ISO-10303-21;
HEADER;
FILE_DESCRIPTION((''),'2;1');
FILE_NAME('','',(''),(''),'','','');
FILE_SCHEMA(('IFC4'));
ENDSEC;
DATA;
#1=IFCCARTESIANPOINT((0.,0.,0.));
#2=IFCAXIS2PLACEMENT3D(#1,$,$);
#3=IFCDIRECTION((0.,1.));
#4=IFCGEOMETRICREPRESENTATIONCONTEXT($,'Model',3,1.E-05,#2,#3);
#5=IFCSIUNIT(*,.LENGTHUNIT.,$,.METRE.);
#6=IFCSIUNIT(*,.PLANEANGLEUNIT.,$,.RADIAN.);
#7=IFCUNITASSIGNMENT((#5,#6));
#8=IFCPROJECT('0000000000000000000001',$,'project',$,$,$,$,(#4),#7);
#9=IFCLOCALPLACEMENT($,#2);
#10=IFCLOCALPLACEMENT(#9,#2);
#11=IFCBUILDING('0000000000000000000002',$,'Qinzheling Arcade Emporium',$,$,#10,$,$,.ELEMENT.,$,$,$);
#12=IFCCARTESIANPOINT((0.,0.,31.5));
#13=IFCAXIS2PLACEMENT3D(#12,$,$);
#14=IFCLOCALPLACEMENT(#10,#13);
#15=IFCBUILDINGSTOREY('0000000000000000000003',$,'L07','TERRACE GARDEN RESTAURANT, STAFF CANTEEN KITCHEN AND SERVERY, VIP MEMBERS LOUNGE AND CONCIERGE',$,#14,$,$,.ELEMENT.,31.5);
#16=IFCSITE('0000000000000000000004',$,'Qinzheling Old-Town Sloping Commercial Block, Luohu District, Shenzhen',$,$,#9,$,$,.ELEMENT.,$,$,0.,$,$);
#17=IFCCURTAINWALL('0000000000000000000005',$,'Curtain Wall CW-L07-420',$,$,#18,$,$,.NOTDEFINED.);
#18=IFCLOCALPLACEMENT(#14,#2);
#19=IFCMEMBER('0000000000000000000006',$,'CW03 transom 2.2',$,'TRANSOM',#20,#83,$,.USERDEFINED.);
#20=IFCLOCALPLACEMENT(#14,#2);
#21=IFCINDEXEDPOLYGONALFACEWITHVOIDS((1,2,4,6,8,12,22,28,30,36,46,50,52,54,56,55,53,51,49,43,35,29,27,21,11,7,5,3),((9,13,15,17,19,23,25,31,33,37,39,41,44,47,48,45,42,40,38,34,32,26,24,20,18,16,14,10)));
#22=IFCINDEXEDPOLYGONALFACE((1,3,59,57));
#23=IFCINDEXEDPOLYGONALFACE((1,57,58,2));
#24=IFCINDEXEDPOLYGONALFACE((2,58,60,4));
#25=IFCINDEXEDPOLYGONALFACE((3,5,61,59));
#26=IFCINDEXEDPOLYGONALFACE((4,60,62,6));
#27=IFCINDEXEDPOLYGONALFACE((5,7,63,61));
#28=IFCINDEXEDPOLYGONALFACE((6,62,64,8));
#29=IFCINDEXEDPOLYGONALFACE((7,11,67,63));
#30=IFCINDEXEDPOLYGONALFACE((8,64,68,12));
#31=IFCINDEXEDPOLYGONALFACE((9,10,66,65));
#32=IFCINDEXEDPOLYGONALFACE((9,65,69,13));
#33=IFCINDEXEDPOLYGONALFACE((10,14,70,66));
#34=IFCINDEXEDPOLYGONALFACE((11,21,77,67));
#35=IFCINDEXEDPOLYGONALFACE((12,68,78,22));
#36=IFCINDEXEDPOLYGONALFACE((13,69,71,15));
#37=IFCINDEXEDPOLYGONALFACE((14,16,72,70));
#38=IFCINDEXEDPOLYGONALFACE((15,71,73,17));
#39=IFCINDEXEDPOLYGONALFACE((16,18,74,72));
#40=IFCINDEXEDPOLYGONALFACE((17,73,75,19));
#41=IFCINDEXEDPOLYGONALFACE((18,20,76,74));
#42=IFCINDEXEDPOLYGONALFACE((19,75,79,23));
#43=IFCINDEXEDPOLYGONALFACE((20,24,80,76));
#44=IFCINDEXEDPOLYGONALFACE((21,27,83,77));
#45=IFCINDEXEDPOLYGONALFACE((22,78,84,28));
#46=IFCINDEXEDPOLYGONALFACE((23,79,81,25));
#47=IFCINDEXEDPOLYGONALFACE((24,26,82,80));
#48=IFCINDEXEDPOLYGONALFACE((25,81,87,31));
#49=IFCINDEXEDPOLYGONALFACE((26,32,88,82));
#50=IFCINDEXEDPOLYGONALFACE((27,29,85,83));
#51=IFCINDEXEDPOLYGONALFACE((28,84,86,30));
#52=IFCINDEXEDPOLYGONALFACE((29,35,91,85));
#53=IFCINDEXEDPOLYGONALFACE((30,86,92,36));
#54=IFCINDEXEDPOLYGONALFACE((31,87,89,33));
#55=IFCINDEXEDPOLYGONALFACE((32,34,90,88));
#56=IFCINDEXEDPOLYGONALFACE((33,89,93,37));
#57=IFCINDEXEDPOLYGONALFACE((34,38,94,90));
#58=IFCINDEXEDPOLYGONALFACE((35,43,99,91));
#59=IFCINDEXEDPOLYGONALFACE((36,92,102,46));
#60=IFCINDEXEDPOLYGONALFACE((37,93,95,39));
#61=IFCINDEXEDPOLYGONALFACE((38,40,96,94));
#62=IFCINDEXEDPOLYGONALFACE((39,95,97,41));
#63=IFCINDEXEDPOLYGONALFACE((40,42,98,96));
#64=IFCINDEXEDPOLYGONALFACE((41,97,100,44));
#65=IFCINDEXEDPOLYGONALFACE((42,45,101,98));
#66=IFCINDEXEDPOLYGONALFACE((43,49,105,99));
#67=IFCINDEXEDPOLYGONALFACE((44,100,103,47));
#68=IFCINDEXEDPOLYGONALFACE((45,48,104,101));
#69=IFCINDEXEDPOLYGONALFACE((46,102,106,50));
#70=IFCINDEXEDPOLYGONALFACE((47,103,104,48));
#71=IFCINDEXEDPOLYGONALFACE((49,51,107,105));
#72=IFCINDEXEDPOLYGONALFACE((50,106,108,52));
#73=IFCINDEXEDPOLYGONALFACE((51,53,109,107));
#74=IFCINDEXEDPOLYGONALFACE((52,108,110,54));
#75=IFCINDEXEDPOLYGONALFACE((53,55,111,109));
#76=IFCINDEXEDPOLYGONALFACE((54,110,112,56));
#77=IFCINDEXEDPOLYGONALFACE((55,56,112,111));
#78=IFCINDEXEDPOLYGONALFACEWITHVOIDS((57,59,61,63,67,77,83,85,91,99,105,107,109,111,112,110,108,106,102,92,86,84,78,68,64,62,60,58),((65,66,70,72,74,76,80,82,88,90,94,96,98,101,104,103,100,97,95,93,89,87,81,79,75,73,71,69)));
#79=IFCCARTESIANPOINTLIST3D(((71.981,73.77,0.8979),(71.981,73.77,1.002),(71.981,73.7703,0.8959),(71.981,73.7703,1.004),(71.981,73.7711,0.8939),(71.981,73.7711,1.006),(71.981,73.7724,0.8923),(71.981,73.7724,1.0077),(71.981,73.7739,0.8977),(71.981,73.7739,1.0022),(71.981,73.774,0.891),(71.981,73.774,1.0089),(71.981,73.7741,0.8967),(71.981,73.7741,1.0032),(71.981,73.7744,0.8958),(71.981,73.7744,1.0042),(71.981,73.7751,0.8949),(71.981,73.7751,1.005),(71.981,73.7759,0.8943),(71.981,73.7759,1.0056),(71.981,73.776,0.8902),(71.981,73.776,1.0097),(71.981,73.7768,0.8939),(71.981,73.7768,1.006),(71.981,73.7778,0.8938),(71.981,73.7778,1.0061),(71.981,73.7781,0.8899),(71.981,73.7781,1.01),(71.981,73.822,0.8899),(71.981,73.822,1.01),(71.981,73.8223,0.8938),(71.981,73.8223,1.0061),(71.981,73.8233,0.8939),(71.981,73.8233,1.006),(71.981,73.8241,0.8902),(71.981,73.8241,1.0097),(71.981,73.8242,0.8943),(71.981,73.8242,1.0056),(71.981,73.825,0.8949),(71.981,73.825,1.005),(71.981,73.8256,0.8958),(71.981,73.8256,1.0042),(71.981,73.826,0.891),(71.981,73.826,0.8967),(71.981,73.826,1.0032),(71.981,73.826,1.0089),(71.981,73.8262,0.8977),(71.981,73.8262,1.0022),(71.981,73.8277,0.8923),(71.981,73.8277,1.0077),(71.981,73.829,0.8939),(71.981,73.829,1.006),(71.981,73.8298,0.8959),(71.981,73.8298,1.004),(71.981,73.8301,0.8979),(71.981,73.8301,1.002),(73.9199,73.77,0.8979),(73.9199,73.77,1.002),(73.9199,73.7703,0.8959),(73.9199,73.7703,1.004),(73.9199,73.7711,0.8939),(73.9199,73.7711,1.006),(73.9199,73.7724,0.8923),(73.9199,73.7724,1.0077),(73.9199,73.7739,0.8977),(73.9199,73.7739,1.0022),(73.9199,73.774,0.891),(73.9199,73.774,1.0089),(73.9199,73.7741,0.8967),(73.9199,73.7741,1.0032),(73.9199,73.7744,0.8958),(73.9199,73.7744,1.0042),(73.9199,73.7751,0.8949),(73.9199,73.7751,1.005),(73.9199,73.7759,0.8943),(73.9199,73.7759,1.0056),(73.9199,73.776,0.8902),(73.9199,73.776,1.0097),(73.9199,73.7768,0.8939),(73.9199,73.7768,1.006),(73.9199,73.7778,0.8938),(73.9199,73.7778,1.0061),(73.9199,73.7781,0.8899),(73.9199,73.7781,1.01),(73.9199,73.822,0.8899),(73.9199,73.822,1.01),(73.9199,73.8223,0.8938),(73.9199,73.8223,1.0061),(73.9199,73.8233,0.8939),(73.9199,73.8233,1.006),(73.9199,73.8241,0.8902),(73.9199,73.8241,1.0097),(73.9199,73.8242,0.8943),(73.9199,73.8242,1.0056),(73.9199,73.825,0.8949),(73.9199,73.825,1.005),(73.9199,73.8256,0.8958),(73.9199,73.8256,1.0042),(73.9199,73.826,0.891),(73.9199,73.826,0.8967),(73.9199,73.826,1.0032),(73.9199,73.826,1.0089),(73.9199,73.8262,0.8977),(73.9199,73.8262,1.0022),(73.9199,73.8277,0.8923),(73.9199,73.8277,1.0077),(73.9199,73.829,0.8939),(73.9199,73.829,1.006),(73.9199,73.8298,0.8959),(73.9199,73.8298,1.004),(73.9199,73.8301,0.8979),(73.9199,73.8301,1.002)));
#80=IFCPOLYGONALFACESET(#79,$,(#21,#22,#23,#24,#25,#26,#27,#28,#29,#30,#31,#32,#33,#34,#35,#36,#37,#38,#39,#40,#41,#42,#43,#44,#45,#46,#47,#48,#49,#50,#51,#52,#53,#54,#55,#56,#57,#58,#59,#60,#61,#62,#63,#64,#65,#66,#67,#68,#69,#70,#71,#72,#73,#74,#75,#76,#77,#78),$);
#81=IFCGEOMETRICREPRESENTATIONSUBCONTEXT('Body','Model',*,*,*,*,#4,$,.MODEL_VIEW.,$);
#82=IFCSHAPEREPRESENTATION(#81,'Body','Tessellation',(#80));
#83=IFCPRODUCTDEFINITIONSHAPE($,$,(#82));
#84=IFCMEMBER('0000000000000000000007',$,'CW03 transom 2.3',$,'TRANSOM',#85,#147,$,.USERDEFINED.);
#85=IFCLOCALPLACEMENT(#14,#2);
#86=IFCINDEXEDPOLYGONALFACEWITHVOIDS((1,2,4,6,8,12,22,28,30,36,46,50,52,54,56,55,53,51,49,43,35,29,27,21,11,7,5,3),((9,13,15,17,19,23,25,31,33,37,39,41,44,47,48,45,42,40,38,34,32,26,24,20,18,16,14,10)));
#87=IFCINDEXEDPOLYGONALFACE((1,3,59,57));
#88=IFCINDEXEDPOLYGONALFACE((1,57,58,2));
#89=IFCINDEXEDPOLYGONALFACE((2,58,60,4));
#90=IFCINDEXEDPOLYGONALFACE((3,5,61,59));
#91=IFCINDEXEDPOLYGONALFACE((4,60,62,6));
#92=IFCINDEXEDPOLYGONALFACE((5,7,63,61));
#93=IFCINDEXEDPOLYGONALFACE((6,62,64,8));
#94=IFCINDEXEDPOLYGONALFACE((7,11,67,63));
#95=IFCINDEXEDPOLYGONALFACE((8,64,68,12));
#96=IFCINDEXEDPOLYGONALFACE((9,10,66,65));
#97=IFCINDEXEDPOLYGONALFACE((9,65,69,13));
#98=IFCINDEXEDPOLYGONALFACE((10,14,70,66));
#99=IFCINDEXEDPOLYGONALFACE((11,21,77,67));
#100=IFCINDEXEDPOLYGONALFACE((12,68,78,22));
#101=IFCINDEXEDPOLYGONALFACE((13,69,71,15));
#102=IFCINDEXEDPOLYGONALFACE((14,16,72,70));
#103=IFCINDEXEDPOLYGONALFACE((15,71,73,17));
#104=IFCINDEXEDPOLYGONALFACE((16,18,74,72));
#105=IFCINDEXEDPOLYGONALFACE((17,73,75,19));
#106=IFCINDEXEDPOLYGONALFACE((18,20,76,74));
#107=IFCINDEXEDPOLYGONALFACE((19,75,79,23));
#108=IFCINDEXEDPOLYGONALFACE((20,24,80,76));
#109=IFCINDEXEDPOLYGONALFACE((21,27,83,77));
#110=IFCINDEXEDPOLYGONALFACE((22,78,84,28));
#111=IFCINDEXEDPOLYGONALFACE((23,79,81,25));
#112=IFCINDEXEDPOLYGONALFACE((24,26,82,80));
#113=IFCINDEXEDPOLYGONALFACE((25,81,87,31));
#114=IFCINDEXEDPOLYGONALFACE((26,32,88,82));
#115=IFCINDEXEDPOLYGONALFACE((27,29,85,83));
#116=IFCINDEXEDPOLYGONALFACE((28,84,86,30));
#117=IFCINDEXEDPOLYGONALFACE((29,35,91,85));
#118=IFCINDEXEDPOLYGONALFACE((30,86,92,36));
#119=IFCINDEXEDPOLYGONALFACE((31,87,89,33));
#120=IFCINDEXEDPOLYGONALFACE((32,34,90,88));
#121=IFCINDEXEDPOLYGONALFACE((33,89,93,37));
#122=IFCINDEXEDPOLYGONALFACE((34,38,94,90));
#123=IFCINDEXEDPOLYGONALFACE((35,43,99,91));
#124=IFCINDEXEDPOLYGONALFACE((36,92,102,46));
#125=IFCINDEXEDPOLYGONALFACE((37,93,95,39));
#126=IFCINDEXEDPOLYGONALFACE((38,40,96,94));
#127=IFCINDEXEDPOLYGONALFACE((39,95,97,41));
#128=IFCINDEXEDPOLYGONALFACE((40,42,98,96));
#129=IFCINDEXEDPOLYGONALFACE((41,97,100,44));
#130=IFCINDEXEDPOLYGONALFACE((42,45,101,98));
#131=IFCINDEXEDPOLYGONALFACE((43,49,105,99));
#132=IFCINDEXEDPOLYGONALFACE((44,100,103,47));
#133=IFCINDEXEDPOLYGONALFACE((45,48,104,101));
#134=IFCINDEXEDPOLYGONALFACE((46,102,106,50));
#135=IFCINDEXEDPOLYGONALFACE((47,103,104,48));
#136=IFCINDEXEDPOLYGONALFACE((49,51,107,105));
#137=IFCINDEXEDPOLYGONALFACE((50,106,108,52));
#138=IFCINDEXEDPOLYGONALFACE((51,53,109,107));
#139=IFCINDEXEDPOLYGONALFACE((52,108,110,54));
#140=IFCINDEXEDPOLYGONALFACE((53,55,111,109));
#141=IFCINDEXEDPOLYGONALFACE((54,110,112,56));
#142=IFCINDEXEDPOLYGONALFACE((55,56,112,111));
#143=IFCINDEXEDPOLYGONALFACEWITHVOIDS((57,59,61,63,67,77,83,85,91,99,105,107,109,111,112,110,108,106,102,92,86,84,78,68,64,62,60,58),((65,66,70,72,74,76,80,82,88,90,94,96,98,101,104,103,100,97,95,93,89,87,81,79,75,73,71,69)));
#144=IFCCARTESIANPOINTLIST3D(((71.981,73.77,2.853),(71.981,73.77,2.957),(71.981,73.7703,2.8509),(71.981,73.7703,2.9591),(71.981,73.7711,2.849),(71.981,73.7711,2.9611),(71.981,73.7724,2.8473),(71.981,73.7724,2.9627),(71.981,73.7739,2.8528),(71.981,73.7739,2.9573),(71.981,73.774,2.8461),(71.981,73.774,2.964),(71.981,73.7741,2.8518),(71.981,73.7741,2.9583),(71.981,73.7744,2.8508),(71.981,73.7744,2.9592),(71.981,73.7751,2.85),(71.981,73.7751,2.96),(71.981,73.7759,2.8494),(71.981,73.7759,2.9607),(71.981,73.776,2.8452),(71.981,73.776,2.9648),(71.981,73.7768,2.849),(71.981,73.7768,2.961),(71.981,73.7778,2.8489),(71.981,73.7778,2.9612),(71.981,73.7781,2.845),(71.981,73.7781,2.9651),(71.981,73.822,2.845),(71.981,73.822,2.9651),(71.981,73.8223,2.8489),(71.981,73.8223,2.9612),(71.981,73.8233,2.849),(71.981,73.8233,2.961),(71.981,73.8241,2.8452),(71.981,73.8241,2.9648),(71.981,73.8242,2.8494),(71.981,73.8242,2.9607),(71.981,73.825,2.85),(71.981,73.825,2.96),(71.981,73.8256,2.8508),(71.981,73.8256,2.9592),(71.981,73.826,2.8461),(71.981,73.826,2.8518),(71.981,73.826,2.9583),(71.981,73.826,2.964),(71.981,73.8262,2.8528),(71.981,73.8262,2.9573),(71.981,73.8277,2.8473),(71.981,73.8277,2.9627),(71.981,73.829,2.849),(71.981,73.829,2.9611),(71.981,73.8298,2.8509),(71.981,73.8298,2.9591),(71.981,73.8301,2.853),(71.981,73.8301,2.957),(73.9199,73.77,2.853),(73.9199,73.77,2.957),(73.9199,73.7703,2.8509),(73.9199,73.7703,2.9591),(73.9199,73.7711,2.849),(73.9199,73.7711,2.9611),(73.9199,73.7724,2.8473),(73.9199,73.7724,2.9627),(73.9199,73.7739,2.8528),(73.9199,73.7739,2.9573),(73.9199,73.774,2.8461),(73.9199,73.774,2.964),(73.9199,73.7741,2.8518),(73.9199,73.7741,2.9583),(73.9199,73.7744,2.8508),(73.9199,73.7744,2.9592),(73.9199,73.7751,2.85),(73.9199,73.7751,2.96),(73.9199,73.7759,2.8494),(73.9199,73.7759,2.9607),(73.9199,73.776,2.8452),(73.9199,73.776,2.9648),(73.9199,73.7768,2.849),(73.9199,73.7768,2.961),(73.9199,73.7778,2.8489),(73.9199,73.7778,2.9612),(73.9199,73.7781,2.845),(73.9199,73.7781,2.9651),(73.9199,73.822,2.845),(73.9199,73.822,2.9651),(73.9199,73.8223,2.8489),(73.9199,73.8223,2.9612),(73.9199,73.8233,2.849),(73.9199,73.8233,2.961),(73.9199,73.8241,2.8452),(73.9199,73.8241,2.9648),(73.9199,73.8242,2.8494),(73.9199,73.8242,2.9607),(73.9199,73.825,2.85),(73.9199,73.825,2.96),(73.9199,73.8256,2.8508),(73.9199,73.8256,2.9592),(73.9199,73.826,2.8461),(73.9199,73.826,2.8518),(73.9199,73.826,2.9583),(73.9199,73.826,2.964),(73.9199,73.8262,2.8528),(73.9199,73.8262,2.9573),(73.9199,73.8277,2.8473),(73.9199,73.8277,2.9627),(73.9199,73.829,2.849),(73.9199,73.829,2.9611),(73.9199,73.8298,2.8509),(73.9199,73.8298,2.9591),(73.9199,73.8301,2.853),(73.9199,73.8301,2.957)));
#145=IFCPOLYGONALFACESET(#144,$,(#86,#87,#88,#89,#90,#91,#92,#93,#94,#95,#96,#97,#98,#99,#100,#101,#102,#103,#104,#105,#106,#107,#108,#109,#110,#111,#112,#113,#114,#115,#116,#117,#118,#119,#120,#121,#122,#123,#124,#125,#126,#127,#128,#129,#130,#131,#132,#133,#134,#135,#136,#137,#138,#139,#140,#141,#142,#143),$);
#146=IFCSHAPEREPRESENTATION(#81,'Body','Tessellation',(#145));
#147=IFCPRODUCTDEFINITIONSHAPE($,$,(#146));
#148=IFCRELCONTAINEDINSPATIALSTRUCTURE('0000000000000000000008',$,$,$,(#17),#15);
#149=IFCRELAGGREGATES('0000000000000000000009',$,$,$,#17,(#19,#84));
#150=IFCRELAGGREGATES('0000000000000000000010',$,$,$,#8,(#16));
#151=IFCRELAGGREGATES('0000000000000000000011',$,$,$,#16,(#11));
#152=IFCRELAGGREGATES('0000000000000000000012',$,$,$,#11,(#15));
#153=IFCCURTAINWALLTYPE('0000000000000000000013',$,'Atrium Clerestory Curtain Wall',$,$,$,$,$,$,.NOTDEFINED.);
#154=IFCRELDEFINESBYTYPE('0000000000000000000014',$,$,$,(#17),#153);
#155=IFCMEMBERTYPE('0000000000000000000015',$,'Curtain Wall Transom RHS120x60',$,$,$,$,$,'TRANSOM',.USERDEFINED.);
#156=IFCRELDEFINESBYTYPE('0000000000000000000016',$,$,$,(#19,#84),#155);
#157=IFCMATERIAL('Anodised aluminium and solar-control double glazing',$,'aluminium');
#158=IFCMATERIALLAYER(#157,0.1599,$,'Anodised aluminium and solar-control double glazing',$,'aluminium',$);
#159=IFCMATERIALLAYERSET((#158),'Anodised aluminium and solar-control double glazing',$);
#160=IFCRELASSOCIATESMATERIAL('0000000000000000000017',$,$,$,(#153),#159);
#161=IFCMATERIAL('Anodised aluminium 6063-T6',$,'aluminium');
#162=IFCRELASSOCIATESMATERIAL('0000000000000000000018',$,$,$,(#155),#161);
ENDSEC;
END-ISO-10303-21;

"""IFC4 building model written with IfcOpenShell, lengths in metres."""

from ifc_helpers import new_model, si_unit, direction, frame, origin, origin_2d, place, context, subcontext, project, spatial, hollow_rectangle, extrude, material, layer, layer_set, material_profile, profile_set, type_object, element, aggregate, save


model = new_model("IFC4")

# Units and contexts
model_context = context("Model", 3, precision=1e-05, world=origin(), true_north=direction((0.0, 1.0)))
body_context = subcontext(model_context, "Body", "Model", "MODEL_VIEW")
ifc_project = project(units=[si_unit("LENGTHUNIT", "METRE"), si_unit("PLANEANGLEUNIT", "RADIAN")], contexts=[model_context])

# Site, building, storey
site_placement = place(None, origin())
site = spatial("IfcSite", under=ifc_project, at=site_placement, Name="Qinzheling Old-Town Sloping Commercial Block, Luohu District, Shenzhen", CompositionType="ELEMENT", RefElevation=0.0)
building_placement = place(site_placement, origin())
building = spatial("IfcBuilding", under=site, at=building_placement, Name="Qinzheling Arcade Emporium", CompositionType="ELEMENT")
storey_placement = place(building_placement, frame((0.0, 0.0, 31.5)))
storey = spatial("IfcBuildingStorey", under=building, at=storey_placement, Name="L07", Description="TERRACE GARDEN RESTAURANT, STAFF CANTEEN KITCHEN AND SERVERY, VIP MEMBERS LOUNGE AND CONCIERGE", CompositionType="ELEMENT", Elevation=31.5)

# Shared definitions
ifc_material_1 = material(Name="Anodised aluminium and solar-control double glazing", Category="aluminium")
ifc_layer_1 = layer(ifc_material_1, 0.1599, Name="Anodised aluminium and solar-control double glazing", Category="aluminium")
ifc_layer_set_1 = layer_set([ifc_layer_1], Name="Anodised aluminium and solar-control double glazing")
curtain_wall_type = type_object("IfcCurtainWallType", Name="Atrium Clerestory Curtain Wall", PredefinedType="NOTDEFINED", material=ifc_layer_set_1)
ifc_material_2 = material(Name="Anodised aluminium 6063-T6", Category="aluminium")

# Curtain wall
curtain_wall_1_placement = place(storey_placement, origin())
curtain_wall_1 = element("IfcCurtainWall", 1, at=curtain_wall_1_placement, inside=storey, type_object=curtain_wall_type, Name="Curtain Wall CW-L07-420", PredefinedType="NOTDEFINED")

# Members
ifc_material_profile_1 = material_profile(ifc_material_2, hollow_rectangle(XDim=0.0601, YDim=0.1201, WallThickness=0.0039, InnerFilletRadius=0.0039, OuterFilletRadius=0.0081, at=origin_2d()), Name="RHS 120x60x4", Category="aluminium")
ifc_profile_set_1 = profile_set([ifc_material_profile_1], Name="Anodised aluminium 6063-T6")
member_type_1 = type_object("IfcMemberType", Name="Curtain Wall Transom RHS120x60", ElementType="TRANSOM", PredefinedType="USERDEFINED", material=ifc_profile_set_1)
member_1_placement = place(storey_placement, frame((71.981, 73.8, 0.95), z_axis=(1.0, 0.0, 0.0), x_axis=(0.0, 1.0, 0.0)))
member_1 = element("IfcMember", 2, at=member_1_placement, type_object=member_type_1, Name="CW03 transom 2.2", ObjectType="TRANSOM", PredefinedType="USERDEFINED", context=body_context, shape_type="SweptSolid", body=[
    extrude(hollow_rectangle(XDim=0.0601, YDim=0.1201, WallThickness=0.0039, InnerFilletRadius=0.0039, OuterFilletRadius=0.0081, at=origin_2d()), origin(), (0.0, 0.0, 1.0), 1.939),
])
member_2_placement = place(storey_placement, frame((71.981, 73.8, 2.905), z_axis=(1.0, 0.0, 0.0), x_axis=(0.0, 1.0, 0.0)))
member_2 = element("IfcMember", 3, at=member_2_placement, type_object=member_type_1, Name="CW03 transom 2.3", ObjectType="TRANSOM", PredefinedType="USERDEFINED", context=body_context, shape_type="SweptSolid", body=[
    extrude(hollow_rectangle(XDim=0.0601, YDim=0.1201, WallThickness=0.0039, InnerFilletRadius=0.0039, OuterFilletRadius=0.0081, at=origin_2d()), origin(), (0.0, 0.0, 1.0), 1.939),
])

aggregate(curtain_wall_1, [member_1, member_2])

save(model, "model.ifc")
